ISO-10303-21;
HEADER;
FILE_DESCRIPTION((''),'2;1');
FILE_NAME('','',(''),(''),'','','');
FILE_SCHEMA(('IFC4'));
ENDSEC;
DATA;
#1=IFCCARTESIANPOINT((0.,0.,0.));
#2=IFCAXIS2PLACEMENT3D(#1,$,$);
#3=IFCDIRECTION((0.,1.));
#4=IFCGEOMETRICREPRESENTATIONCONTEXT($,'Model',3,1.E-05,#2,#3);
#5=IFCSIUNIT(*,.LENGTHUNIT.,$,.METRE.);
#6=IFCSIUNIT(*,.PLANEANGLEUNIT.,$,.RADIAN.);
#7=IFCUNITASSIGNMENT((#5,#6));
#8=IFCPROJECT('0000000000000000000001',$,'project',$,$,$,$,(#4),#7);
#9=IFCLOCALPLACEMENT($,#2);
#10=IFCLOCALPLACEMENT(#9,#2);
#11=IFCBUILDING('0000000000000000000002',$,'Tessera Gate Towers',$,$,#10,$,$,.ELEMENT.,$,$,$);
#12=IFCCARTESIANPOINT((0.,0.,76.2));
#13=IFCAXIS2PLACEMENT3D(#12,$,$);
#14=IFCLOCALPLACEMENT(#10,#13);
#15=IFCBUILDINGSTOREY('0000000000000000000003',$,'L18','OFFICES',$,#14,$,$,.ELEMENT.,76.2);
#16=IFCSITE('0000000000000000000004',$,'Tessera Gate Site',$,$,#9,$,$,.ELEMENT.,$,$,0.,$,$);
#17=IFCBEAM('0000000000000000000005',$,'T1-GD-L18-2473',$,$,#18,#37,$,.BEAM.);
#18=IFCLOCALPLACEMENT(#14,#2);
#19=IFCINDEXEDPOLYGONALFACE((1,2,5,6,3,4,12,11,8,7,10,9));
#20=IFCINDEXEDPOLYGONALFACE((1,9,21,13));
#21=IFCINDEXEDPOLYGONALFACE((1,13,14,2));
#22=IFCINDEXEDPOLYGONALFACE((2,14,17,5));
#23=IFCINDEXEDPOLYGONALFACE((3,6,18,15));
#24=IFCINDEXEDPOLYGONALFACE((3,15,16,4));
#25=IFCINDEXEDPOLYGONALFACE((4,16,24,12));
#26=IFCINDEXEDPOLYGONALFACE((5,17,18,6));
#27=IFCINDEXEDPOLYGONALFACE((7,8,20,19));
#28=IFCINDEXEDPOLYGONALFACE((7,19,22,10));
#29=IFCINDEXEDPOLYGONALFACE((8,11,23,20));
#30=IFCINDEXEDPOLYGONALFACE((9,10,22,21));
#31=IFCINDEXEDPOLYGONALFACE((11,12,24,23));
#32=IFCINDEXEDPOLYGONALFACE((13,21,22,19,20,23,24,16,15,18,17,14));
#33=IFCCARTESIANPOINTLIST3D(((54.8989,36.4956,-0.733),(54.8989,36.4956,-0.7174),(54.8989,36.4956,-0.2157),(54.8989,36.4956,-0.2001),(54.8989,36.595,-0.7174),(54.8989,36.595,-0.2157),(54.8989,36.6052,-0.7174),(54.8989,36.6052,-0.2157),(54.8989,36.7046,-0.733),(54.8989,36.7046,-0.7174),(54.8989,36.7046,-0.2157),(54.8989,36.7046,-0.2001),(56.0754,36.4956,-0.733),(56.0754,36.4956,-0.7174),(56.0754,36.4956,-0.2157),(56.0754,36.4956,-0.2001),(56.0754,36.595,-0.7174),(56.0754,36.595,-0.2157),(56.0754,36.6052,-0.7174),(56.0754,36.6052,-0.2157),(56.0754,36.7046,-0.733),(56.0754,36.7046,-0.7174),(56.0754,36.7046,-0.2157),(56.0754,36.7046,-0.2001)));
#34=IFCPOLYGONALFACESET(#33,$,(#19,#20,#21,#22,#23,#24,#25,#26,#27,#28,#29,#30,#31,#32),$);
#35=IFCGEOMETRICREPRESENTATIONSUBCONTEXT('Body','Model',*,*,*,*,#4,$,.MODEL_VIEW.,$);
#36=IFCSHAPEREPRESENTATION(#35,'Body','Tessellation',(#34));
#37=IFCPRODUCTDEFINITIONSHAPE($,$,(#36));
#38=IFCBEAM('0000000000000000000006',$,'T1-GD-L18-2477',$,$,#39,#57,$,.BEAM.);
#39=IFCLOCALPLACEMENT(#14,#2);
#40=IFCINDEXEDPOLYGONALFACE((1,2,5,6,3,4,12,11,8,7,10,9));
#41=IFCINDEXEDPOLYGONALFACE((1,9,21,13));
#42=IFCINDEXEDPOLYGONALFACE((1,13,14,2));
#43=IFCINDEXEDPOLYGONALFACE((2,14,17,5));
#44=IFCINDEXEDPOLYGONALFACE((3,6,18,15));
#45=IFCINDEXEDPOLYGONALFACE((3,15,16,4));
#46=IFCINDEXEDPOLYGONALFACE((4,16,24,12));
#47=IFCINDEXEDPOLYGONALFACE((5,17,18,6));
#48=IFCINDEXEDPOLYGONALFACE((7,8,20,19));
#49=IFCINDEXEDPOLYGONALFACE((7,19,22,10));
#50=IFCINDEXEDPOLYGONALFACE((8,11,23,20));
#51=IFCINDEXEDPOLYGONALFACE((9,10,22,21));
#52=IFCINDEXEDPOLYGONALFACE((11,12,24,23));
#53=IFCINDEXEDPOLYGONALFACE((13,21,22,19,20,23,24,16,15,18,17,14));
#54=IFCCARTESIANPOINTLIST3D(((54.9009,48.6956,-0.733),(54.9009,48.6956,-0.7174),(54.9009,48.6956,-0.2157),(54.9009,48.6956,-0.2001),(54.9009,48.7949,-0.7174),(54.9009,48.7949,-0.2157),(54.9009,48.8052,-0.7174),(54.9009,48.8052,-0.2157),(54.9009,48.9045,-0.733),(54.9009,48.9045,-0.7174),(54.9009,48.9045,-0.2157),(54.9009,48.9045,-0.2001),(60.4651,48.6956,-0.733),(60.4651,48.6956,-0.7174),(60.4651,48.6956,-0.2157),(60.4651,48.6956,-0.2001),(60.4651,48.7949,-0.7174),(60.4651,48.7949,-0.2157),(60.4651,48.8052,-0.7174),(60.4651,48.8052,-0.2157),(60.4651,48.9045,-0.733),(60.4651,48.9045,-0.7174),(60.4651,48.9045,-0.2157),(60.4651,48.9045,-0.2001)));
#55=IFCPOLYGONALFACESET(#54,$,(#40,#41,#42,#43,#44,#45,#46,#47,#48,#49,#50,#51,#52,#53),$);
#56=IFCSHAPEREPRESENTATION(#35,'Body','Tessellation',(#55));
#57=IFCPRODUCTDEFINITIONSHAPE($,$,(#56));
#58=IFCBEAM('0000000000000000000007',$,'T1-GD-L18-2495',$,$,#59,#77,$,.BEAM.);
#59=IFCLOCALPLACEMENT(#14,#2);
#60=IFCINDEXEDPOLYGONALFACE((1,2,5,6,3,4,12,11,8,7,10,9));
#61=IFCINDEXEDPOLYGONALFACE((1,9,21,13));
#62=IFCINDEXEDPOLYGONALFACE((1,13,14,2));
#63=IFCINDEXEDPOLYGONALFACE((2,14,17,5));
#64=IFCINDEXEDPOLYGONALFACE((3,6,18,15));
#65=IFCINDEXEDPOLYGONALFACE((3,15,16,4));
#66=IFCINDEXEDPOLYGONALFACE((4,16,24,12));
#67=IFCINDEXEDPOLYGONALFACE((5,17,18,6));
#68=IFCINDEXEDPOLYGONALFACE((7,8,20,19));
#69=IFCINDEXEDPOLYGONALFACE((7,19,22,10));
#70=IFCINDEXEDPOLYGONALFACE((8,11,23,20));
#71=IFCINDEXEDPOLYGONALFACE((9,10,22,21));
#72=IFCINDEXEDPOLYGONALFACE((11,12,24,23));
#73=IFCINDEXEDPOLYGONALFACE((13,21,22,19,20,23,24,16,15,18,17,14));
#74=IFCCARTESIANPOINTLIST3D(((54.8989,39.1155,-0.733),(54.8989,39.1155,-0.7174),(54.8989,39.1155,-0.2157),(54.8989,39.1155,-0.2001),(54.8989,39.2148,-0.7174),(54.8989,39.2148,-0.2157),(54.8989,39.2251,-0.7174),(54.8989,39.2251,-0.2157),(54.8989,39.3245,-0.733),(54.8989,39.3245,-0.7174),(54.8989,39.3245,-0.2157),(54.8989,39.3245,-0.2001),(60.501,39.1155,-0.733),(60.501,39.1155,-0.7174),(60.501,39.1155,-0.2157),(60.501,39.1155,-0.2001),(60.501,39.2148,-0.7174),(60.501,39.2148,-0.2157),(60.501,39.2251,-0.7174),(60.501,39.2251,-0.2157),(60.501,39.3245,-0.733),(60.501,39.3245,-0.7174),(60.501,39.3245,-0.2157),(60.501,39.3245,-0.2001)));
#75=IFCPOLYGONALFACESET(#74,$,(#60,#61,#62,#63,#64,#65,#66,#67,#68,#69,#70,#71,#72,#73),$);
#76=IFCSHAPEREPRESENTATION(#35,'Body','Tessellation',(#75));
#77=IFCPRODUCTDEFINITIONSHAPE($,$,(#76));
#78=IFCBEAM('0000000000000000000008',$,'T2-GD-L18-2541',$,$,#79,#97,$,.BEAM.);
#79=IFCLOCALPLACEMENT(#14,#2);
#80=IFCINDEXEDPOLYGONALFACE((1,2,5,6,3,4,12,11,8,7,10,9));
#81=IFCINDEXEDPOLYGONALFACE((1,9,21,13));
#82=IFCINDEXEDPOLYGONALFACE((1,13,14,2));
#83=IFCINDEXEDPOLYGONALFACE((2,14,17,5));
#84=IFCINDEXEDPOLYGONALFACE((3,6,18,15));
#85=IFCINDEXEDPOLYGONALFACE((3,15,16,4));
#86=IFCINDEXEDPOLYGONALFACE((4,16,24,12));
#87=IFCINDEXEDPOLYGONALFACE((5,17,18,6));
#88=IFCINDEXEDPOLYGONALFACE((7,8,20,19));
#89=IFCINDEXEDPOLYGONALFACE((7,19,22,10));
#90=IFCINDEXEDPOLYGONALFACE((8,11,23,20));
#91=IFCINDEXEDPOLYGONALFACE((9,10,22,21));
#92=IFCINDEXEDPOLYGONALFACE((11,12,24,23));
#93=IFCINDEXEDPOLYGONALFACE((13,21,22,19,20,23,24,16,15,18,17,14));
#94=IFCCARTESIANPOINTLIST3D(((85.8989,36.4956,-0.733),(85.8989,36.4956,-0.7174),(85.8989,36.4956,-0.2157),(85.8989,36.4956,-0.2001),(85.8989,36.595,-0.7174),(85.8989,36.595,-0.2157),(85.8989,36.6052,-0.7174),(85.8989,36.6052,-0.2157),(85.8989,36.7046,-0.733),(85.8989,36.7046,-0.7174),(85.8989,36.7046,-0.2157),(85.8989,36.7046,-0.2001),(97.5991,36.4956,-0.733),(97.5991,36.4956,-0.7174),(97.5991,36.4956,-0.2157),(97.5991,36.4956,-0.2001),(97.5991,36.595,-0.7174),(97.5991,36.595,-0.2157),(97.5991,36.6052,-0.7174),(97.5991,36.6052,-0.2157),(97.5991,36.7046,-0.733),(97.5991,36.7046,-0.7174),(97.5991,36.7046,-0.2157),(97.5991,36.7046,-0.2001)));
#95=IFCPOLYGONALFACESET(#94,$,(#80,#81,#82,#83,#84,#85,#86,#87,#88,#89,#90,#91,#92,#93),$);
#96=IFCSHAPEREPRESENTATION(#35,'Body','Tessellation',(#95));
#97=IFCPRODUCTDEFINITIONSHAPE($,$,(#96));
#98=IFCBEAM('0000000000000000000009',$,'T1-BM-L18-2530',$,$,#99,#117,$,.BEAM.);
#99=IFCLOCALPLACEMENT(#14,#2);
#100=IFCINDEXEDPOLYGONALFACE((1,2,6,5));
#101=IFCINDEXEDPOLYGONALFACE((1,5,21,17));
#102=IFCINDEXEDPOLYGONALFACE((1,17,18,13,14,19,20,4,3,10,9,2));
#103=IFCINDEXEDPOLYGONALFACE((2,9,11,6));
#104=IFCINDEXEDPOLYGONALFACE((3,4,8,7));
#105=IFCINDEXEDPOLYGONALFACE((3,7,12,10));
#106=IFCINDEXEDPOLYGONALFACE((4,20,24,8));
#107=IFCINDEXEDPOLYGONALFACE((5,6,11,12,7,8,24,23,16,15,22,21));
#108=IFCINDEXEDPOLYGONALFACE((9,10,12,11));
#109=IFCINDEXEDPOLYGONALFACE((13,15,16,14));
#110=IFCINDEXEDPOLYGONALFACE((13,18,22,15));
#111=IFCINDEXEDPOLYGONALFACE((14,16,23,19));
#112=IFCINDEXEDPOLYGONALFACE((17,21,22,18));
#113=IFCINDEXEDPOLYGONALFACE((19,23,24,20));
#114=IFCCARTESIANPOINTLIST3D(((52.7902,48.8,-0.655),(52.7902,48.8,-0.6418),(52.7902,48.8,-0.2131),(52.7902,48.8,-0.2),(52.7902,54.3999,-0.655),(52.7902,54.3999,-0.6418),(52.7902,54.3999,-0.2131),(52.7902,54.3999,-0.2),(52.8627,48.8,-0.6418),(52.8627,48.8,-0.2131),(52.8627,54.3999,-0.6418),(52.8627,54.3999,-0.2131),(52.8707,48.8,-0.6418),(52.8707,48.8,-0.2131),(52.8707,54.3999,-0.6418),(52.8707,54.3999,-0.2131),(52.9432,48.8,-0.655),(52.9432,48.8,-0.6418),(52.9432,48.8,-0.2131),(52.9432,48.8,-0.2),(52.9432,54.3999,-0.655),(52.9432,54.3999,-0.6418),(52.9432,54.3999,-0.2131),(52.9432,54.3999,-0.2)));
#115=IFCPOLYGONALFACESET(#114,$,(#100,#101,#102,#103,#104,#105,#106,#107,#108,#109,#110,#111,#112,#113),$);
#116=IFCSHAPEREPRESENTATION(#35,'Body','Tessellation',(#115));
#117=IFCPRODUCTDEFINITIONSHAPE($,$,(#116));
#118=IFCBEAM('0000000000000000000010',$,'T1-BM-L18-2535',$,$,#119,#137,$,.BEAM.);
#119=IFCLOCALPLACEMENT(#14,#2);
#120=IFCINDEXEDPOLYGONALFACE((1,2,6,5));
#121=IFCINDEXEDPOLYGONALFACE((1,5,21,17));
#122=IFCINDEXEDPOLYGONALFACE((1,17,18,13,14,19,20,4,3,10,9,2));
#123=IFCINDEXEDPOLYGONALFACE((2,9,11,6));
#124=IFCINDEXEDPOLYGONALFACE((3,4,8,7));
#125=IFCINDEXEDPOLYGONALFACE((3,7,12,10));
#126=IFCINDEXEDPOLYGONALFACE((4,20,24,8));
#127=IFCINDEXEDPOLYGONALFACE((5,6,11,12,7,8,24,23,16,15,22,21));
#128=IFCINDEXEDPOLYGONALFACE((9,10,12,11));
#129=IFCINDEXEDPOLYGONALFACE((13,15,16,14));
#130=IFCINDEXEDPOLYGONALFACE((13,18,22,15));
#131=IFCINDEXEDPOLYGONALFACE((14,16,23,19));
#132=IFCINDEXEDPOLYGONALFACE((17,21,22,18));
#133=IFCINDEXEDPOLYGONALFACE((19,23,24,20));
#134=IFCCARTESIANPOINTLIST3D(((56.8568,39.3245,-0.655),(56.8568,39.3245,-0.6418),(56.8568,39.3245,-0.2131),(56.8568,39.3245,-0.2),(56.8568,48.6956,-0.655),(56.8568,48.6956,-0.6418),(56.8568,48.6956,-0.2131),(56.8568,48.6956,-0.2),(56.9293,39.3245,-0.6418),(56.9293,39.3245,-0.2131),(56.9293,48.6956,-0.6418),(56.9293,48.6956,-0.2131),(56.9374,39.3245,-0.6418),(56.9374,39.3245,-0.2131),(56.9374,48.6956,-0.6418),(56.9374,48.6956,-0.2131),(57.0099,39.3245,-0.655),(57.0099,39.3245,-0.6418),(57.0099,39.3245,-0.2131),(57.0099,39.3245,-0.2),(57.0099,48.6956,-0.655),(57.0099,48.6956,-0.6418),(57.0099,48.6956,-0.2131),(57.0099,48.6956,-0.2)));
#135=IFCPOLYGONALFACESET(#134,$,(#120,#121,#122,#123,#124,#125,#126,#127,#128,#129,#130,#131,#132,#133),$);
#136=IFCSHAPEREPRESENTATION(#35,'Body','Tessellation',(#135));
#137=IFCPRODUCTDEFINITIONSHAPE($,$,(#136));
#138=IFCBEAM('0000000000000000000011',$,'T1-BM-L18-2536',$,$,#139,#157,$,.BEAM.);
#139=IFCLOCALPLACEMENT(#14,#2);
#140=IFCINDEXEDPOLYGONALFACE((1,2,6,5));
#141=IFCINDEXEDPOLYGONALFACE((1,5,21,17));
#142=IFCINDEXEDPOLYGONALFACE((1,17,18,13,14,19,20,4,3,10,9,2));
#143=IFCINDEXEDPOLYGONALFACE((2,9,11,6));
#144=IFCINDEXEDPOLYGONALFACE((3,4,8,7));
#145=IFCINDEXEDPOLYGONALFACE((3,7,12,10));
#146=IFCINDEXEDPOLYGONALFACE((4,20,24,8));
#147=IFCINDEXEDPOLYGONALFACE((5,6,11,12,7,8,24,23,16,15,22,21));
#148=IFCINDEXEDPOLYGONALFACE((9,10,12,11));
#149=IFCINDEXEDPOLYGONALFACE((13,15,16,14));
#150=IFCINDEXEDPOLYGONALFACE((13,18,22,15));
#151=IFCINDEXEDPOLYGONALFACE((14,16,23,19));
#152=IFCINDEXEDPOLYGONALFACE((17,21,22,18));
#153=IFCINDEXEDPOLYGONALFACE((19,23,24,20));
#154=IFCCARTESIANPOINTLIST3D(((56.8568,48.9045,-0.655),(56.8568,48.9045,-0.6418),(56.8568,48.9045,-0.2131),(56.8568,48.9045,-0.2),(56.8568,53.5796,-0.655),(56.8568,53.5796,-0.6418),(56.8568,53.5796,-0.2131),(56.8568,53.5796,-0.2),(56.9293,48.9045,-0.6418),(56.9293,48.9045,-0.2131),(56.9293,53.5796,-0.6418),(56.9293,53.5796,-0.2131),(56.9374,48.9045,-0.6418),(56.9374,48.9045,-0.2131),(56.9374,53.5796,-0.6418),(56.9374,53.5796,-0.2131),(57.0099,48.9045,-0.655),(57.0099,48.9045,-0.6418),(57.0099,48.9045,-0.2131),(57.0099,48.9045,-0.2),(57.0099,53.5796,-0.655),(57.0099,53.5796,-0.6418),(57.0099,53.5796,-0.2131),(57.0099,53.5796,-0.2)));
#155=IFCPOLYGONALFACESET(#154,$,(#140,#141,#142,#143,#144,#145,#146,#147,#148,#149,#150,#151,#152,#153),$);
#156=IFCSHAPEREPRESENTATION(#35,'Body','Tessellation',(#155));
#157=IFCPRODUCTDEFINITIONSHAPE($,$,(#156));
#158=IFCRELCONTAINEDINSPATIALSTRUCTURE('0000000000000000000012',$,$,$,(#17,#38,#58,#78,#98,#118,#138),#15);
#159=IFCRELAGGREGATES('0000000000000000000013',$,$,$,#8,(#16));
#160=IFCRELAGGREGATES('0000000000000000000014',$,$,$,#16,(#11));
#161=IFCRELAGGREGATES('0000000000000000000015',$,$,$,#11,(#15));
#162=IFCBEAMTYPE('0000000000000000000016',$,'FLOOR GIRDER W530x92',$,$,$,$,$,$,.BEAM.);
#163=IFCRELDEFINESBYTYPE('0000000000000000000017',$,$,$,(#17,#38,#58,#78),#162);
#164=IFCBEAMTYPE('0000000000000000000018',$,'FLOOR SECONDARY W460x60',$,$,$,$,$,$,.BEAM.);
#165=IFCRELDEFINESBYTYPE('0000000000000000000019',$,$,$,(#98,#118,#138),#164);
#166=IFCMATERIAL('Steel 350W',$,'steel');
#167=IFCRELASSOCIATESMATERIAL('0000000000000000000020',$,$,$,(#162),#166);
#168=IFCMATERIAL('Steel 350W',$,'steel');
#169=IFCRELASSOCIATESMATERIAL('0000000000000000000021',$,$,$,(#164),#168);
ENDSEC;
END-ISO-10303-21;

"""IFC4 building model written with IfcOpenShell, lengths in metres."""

from ifc_helpers import new_model, si_unit, direction, frame, origin, origin_2d, place, context, subcontext, project, spatial, i_section, extrude, material, material_profile, profile_set, type_object, element, save


model = new_model("IFC4")

# Units and contexts
model_context = context("Model", 3, precision=1e-05, world=origin(), true_north=direction((0.0, 1.0)))
body_context = subcontext(model_context, "Body", "Model", "MODEL_VIEW")
ifc_project = project(units=[si_unit("LENGTHUNIT", "METRE"), si_unit("PLANEANGLEUNIT", "RADIAN")], contexts=[model_context])

# Site, building, storey
site_placement = place(None, origin())
site = spatial("IfcSite", under=ifc_project, at=site_placement, Name="Tessera Gate Site", CompositionType="ELEMENT", RefElevation=0.0)
building_placement = place(site_placement, origin())
building = spatial("IfcBuilding", under=site, at=building_placement, Name="Tessera Gate Towers", CompositionType="ELEMENT")
storey_placement = place(building_placement, frame((0.0, 0.0, 76.2)))
storey = spatial("IfcBuildingStorey", under=building, at=storey_placement, Name="L18", Description="OFFICES", CompositionType="ELEMENT", Elevation=76.2)

# Beams
ifc_material_1 = material(Name="Steel 350W", Category="steel")
ifc_material_profile_1 = material_profile(ifc_material_1, i_section(OverallWidth=0.209, OverallDepth=0.533, WebThickness=0.0103, FlangeThickness=0.0156, at=origin_2d()), Name="W530x92")
ifc_profile_set_1 = profile_set([ifc_material_profile_1], Name="Steel 350W")
beam_type_1 = type_object("IfcBeamType", Name="FLOOR GIRDER W530x92", PredefinedType="BEAM", material=ifc_profile_set_1)
beam_1_placement = place(storey_placement, frame((54.8989, 36.6001, -0.4666), z_axis=(1.0, 0.0, 0.0), x_axis=(0.0, 1.0, 0.0)))
element("IfcBeam", 1, at=beam_1_placement, inside=storey, type_object=beam_type_1, Name="T1-GD-L18-2473", PredefinedType="BEAM", context=body_context, shape_type="SweptSolid", body=[
    extrude(i_section(OverallWidth=0.209, OverallDepth=0.533, WebThickness=0.0103, FlangeThickness=0.0156, at=origin_2d()), origin(), (0.0, 0.0, 1.0), 1.1765),
])
beam_2_placement = place(storey_placement, frame((54.9009, 48.8, -0.4666), z_axis=(1.0, 0.0, 0.0), x_axis=(0.0, 1.0, 0.0)))
element("IfcBeam", 2, at=beam_2_placement, inside=storey, type_object=beam_type_1, Name="T1-GD-L18-2477", PredefinedType="BEAM", context=body_context, shape_type="SweptSolid", body=[
    extrude(i_section(OverallWidth=0.209, OverallDepth=0.533, WebThickness=0.0103, FlangeThickness=0.0156, at=origin_2d()), origin(), (0.0, 0.0, 1.0), 5.5642),
])
beam_3_placement = place(storey_placement, frame((54.8989, 39.22, -0.4666), z_axis=(1.0, 0.0, 0.0), x_axis=(0.0, 1.0, 0.0)))
element("IfcBeam", 3, at=beam_3_placement, inside=storey, type_object=beam_type_1, Name="T1-GD-L18-2495", PredefinedType="BEAM", context=body_context, shape_type="SweptSolid", body=[
    extrude(i_section(OverallWidth=0.209, OverallDepth=0.533, WebThickness=0.0103, FlangeThickness=0.0156, at=origin_2d()), origin(), (0.0, 0.0, 1.0), 5.6021),
])
beam_4_placement = place(storey_placement, frame((85.8989, 36.6001, -0.4666), z_axis=(1.0, 0.0, 0.0), x_axis=(0.0, 1.0, 0.0)))
element("IfcBeam", 4, at=beam_4_placement, inside=storey, type_object=beam_type_1, Name="T2-GD-L18-2541", PredefinedType="BEAM", context=body_context, shape_type="SweptSolid", body=[
    extrude(i_section(OverallWidth=0.209, OverallDepth=0.533, WebThickness=0.0103, FlangeThickness=0.0156, at=origin_2d()), origin(), (0.0, 0.0, 1.0), 11.7002),
])
ifc_material_2 = material(Name="Steel 350W", Category="steel")
ifc_material_profile_2 = material_profile(ifc_material_2, i_section(OverallWidth=0.1531, OverallDepth=0.4551, WebThickness=0.0081, FlangeThickness=0.0132, at=origin_2d()), Name="W460x60")
ifc_profile_set_2 = profile_set([ifc_material_profile_2], Name="Steel 350W")
beam_type_2 = type_object("IfcBeamType", Name="FLOOR SECONDARY W460x60", PredefinedType="BEAM", material=ifc_profile_set_2)
beam_5_placement = place(storey_placement, frame((52.8667, 48.8, -0.4275), z_axis=(0.0, 1.0, 0.0), x_axis=(-1.0, 0.0, 0.0)))
element("IfcBeam", 5, at=beam_5_placement, inside=storey, type_object=beam_type_2, Name="T1-BM-L18-2530", PredefinedType="BEAM", context=body_context, shape_type="SweptSolid", body=[
    extrude(i_section(OverallWidth=0.1531, OverallDepth=0.4551, WebThickness=0.0081, FlangeThickness=0.0132, at=origin_2d()), origin(), (0.0, 0.0, 1.0), 5.5999),
])
beam_6_placement = place(storey_placement, frame((56.9333, 39.3245, -0.4275), z_axis=(0.0, 1.0, 0.0), x_axis=(-1.0, 0.0, 0.0)))
element("IfcBeam", 6, at=beam_6_placement, inside=storey, type_object=beam_type_2, Name="T1-BM-L18-2535", PredefinedType="BEAM", context=body_context, shape_type="SweptSolid", body=[
    extrude(i_section(OverallWidth=0.1531, OverallDepth=0.4551, WebThickness=0.0081, FlangeThickness=0.0132, at=origin_2d()), origin(), (0.0, 0.0, 1.0), 9.3711),
])
beam_7_placement = place(storey_placement, frame((56.9333, 48.9045, -0.4275), z_axis=(0.0, 1.0, 0.0), x_axis=(-1.0, 0.0, 0.0)))
element("IfcBeam", 7, at=beam_7_placement, inside=storey, type_object=beam_type_2, Name="T1-BM-L18-2536", PredefinedType="BEAM", context=body_context, shape_type="SweptSolid", body=[
    extrude(i_section(OverallWidth=0.1531, OverallDepth=0.4551, WebThickness=0.0081, FlangeThickness=0.0132, at=origin_2d()), origin(), (0.0, 0.0, 1.0), 4.675),
])

save(model, "model.ifc")
